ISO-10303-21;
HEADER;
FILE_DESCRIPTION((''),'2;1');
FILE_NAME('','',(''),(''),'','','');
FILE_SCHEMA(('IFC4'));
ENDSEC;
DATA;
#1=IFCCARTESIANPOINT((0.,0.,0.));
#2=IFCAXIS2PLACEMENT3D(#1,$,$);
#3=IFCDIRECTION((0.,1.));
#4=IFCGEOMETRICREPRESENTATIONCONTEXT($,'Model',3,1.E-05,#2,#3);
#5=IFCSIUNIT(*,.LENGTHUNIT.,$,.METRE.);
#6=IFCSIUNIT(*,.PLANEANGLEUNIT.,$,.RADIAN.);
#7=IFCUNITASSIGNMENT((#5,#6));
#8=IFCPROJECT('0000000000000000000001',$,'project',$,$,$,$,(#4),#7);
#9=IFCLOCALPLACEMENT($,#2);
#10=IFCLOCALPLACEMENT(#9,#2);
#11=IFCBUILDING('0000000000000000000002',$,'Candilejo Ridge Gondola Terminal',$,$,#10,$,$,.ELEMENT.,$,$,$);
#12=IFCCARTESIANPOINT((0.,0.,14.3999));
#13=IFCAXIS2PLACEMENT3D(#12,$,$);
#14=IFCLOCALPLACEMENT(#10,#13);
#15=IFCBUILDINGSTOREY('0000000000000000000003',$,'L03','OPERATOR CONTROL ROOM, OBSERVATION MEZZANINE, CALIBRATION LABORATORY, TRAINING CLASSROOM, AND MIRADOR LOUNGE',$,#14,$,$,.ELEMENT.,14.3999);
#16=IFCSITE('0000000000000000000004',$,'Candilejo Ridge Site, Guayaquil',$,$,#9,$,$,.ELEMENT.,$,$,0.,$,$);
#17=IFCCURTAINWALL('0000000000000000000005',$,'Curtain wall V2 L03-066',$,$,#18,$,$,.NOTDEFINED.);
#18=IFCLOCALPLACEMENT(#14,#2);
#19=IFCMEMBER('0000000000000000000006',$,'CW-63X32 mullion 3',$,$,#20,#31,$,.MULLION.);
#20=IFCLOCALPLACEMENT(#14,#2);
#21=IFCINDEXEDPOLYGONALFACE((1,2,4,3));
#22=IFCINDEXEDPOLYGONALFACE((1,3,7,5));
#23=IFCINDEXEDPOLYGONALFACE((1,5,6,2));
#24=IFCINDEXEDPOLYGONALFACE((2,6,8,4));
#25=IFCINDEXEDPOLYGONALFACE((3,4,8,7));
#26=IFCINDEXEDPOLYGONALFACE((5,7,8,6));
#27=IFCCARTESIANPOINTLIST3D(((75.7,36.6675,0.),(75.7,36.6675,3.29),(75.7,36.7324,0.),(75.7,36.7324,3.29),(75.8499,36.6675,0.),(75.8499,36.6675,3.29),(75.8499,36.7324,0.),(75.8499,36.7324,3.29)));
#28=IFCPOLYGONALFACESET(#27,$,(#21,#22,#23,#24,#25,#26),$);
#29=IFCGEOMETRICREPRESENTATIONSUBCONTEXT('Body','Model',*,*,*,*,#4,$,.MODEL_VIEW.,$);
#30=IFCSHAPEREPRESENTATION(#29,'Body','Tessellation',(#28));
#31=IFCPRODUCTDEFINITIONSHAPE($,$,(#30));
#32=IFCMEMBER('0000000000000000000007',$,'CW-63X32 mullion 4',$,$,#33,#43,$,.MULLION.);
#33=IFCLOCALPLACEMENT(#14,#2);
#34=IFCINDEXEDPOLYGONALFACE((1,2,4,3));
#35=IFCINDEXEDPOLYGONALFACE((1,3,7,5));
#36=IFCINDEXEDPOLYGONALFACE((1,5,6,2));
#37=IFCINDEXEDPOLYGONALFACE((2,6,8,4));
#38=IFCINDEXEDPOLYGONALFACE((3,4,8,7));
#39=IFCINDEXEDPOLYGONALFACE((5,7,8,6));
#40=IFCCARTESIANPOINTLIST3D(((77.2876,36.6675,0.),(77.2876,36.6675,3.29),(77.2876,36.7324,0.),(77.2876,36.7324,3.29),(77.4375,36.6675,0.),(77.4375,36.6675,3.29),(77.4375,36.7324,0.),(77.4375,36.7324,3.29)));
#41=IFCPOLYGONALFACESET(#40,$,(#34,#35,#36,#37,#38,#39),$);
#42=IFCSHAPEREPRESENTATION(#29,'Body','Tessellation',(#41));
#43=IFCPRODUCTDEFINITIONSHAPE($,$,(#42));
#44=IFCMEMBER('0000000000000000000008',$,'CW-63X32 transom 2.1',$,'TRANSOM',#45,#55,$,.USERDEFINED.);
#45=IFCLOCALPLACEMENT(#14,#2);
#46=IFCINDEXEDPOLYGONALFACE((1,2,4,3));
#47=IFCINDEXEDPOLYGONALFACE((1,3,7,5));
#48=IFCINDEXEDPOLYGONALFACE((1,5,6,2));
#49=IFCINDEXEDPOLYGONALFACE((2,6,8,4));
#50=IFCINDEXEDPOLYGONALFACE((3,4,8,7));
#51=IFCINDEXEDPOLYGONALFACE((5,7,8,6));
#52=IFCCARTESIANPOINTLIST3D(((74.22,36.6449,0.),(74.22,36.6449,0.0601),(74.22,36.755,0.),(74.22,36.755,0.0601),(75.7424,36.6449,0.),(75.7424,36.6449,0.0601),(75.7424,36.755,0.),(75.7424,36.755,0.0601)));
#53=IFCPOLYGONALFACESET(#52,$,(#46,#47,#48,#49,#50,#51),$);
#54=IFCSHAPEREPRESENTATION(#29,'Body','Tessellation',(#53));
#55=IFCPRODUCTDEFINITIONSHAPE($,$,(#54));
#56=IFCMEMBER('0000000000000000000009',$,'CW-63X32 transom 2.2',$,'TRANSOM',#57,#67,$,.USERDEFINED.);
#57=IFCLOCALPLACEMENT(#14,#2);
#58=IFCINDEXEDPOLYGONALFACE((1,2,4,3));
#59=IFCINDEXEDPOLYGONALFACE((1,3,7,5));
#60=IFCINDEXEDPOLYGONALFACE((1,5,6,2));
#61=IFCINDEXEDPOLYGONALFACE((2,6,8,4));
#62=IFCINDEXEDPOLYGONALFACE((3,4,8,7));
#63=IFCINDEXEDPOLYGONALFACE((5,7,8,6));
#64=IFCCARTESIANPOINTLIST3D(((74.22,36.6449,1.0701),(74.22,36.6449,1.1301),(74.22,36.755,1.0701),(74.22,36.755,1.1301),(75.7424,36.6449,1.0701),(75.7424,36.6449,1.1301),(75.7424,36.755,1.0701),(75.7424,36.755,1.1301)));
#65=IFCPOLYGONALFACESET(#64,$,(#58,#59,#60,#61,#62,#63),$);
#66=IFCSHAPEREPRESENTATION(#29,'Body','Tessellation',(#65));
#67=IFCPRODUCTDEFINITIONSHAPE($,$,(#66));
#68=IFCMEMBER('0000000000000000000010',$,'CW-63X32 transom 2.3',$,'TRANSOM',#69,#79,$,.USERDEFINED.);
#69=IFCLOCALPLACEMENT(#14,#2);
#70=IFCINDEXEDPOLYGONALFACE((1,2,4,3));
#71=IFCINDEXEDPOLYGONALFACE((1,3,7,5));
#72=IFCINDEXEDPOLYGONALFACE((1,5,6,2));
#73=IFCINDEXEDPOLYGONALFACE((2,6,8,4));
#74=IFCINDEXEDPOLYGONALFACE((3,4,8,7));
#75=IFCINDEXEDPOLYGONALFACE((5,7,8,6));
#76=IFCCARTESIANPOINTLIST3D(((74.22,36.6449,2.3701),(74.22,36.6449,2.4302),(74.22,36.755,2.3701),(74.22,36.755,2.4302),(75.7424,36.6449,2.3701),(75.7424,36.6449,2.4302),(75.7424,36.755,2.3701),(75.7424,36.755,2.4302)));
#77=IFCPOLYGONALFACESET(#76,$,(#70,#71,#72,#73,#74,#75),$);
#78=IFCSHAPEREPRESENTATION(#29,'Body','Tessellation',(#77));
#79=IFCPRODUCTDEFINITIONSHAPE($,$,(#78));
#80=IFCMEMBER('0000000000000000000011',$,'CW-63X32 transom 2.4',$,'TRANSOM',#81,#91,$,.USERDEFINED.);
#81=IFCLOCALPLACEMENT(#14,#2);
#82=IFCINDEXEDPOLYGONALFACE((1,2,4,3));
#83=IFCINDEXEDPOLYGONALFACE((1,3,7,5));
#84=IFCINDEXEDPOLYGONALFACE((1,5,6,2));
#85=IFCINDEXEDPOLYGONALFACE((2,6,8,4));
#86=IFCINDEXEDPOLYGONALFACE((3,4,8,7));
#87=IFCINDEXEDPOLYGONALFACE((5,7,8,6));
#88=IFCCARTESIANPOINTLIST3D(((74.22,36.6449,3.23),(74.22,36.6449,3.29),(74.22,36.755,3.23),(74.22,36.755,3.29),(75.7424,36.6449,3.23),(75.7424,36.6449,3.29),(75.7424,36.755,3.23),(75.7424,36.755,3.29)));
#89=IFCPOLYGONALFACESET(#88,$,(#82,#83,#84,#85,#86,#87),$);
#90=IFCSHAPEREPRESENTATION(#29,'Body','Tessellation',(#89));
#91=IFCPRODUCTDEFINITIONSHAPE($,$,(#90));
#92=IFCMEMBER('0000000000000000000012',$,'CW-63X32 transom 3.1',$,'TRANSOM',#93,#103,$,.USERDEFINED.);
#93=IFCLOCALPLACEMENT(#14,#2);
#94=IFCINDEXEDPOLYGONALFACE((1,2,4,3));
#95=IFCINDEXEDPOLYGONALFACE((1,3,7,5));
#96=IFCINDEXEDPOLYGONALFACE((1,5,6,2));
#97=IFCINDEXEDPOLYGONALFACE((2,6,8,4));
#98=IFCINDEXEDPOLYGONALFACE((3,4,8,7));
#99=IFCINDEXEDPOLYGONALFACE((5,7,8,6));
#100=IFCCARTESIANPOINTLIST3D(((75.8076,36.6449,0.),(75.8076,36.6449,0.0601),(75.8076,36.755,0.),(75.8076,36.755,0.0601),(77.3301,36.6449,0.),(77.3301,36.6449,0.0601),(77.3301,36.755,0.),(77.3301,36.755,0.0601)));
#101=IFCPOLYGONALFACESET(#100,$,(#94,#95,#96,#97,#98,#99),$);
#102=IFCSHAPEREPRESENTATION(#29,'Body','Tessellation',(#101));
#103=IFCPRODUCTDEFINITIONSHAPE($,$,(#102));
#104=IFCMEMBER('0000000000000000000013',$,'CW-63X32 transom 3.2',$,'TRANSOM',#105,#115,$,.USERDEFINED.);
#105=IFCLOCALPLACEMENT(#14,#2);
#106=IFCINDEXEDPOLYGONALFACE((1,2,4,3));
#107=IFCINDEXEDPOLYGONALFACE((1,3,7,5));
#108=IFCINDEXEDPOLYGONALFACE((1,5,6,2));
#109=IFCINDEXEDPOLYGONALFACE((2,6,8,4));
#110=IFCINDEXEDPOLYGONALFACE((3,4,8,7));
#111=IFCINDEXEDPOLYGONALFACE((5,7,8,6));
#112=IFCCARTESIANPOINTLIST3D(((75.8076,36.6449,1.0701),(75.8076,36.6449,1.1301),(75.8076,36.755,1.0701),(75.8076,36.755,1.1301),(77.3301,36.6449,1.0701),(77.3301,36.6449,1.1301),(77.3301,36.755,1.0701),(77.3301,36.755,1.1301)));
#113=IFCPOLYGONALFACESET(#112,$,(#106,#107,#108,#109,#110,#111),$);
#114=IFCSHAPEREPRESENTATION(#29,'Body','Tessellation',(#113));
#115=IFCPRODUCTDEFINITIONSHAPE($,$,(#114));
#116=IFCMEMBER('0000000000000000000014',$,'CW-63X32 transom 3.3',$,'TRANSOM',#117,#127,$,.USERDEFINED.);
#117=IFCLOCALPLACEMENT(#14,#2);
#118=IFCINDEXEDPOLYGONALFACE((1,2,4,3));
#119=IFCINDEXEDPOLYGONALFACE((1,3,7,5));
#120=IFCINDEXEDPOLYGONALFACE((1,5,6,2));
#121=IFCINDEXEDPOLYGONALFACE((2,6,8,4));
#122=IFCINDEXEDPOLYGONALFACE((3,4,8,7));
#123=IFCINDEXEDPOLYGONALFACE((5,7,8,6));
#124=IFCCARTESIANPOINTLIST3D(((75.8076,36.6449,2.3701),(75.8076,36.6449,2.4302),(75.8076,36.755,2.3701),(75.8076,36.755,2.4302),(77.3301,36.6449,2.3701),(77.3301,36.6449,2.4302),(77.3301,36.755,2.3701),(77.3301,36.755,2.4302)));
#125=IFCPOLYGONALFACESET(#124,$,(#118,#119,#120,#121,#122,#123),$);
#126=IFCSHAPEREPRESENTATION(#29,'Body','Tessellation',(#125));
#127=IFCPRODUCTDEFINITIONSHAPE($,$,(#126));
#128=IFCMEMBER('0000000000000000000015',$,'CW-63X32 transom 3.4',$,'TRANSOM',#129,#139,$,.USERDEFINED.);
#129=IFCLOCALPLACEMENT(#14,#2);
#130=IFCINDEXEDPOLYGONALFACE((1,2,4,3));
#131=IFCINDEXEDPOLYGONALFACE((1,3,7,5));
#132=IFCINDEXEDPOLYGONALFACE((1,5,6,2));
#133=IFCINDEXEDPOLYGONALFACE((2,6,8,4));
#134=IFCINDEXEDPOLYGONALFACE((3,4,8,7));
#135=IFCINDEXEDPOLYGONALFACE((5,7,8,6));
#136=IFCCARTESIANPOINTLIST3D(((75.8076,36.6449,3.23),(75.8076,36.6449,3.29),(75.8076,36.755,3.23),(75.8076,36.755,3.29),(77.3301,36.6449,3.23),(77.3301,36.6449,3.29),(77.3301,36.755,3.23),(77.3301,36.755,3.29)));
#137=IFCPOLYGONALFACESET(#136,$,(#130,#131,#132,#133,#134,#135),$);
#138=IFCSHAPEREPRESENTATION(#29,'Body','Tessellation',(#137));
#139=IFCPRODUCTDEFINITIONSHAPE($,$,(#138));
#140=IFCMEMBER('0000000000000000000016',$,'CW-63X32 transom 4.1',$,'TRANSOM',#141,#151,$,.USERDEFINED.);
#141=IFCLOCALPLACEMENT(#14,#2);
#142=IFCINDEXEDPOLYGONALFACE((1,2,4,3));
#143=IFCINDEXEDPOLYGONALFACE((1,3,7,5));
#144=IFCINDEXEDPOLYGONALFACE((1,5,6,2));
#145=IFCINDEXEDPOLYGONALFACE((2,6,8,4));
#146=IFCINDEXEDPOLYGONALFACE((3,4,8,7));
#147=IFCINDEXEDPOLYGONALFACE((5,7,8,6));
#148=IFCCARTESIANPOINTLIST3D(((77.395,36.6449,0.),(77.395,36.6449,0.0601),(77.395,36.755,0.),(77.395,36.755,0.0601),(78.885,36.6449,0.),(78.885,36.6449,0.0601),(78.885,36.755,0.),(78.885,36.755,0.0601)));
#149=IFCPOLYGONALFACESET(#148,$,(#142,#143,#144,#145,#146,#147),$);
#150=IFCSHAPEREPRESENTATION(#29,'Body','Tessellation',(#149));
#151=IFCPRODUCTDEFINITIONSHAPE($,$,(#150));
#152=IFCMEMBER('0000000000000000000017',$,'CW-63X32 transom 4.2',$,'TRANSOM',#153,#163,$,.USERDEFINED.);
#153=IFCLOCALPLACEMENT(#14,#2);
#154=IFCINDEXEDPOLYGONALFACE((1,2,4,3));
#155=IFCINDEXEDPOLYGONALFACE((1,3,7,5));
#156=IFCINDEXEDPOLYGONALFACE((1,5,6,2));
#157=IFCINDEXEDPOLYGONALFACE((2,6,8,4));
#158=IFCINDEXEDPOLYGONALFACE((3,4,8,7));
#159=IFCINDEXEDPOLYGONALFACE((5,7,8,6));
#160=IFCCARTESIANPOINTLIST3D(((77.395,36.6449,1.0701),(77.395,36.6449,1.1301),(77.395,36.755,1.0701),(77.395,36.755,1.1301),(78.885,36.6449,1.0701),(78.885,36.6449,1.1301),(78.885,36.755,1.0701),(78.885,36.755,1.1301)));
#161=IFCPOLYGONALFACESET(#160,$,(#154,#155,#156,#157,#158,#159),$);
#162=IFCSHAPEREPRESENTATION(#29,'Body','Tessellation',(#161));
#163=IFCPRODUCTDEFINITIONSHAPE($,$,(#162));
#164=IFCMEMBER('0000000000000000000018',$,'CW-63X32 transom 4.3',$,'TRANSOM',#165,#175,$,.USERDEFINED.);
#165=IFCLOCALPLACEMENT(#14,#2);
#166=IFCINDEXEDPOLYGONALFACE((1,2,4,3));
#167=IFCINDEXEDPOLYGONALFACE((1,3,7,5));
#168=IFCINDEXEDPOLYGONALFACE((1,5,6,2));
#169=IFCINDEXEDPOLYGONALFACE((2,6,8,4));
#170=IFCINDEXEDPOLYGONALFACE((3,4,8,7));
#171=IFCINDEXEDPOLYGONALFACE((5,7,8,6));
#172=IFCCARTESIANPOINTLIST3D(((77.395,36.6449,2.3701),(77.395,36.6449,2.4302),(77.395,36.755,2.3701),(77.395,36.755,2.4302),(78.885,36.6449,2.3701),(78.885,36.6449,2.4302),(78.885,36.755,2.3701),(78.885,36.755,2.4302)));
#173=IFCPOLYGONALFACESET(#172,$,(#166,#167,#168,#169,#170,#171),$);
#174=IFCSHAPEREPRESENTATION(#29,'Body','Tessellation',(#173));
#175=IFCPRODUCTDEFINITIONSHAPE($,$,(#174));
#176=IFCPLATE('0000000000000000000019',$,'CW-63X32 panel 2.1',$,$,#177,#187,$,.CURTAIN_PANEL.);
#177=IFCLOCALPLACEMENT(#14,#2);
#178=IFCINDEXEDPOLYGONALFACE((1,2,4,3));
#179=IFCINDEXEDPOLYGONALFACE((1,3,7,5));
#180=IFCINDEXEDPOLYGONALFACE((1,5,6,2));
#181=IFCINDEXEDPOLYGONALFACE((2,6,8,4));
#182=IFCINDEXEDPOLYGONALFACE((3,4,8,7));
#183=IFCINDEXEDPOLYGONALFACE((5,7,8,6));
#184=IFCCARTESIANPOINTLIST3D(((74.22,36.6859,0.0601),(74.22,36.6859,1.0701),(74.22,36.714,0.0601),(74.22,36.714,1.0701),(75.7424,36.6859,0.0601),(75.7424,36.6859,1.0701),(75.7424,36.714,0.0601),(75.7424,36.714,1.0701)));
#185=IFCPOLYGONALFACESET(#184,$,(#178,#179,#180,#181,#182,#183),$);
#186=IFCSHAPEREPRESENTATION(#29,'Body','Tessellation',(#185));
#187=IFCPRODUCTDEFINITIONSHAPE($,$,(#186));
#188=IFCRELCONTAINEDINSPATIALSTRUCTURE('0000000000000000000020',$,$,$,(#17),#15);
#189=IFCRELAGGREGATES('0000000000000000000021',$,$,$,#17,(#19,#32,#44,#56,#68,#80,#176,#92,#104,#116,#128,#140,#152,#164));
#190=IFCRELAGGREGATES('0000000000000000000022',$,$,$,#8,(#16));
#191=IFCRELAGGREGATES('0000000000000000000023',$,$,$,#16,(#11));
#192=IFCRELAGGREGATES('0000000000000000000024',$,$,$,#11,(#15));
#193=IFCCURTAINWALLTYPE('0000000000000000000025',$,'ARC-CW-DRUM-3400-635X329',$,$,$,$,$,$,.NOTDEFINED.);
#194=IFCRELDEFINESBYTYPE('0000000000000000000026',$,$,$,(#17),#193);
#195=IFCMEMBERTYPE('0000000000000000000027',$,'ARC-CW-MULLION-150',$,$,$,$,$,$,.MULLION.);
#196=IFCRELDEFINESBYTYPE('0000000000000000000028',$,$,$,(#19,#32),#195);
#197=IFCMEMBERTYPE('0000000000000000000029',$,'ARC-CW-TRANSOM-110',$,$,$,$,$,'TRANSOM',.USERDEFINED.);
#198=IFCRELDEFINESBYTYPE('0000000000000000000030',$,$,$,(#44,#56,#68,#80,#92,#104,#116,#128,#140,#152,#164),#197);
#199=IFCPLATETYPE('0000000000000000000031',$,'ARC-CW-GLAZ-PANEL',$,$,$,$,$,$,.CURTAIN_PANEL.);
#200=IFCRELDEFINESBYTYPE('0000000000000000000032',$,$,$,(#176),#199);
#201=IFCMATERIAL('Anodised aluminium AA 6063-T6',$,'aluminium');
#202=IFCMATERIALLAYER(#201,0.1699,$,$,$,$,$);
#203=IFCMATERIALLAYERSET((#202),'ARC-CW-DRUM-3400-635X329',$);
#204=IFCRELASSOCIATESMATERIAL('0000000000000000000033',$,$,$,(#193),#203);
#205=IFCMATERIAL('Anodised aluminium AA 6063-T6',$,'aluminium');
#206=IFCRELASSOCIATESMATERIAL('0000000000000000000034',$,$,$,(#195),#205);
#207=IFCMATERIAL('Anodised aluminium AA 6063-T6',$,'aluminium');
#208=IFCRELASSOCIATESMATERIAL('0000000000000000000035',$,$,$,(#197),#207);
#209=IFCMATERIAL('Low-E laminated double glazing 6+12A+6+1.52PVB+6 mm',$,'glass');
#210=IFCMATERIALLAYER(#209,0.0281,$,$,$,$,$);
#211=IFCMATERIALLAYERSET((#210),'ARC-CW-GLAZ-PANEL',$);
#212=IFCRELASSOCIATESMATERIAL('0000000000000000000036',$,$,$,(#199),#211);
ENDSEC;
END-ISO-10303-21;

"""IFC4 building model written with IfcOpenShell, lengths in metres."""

from ifc_helpers import new_model, si_unit, direction, frame, origin, origin_2d, place, context, subcontext, project, spatial, rectangle, extrude, material, layer, layer_set, material_profile, profile_set, type_object, element, aggregate, save


model = new_model("IFC4")

# Units and contexts
model_context = context("Model", 3, precision=1e-05, world=origin(), true_north=direction((0.0, 1.0)))
body_context = subcontext(model_context, "Body", "Model", "MODEL_VIEW")
ifc_project = project(units=[si_unit("LENGTHUNIT", "METRE"), si_unit("PLANEANGLEUNIT", "RADIAN")], contexts=[model_context])

# Site, building, storey
site_placement = place(None, origin())
site = spatial("IfcSite", under=ifc_project, at=site_placement, Name="Candilejo Ridge Site, Guayaquil", CompositionType="ELEMENT", RefElevation=0.0)
building_placement = place(site_placement, origin())
building = spatial("IfcBuilding", under=site, at=building_placement, Name="Candilejo Ridge Gondola Terminal", CompositionType="ELEMENT")
storey_placement = place(building_placement, frame((0.0, 0.0, 14.3999)))
storey = spatial("IfcBuildingStorey", under=building, at=storey_placement, Name="L03", Description="OPERATOR CONTROL ROOM, OBSERVATION MEZZANINE, CALIBRATION LABORATORY, TRAINING CLASSROOM, AND MIRADOR LOUNGE", CompositionType="ELEMENT", Elevation=14.3999)

# Curtain wall, members, plate
ifc_material_1 = material(Name="Anodised aluminium AA 6063-T6", Category="aluminium")
ifc_layer_1 = layer(ifc_material_1, 0.1699)
ifc_layer_set_1 = layer_set([ifc_layer_1], Name="ARC-CW-DRUM-3400-635X329")
curtain_wall_type = type_object("IfcCurtainWallType", Name="ARC-CW-DRUM-3400-635X329", PredefinedType="NOTDEFINED", material=ifc_layer_set_1)
curtain_wall_placement = place(storey_placement, origin())
curtain_wall = element("IfcCurtainWall", 1, at=curtain_wall_placement, inside=storey, type_object=curtain_wall_type, Name="Curtain wall V2 L03-066", PredefinedType="NOTDEFINED")
ifc_material_2 = material(Name="Anodised aluminium AA 6063-T6", Category="aluminium")
ifc_material_profile_1 = material_profile(ifc_material_2, rectangle(XDim=0.0649, YDim=0.1499, at=origin_2d()))
ifc_profile_set_1 = profile_set([ifc_material_profile_1], Name="Anodised aluminium AA 6063-T6")
member_type_1 = type_object("IfcMemberType", Name="ARC-CW-MULLION-150", PredefinedType="MULLION", material=ifc_profile_set_1)
member_1_placement = place(storey_placement, frame((75.7749, 36.7, 0.0), z_axis=(0.0, 0.0, 1.0), x_axis=(0.0, 1.0, 0.0)))
member_1 = element("IfcMember", 2, at=member_1_placement, type_object=member_type_1, Name="CW-63X32 mullion 3", PredefinedType="MULLION", context=body_context, shape_type="SweptSolid", body=[
    extrude(rectangle(XDim=0.0649, YDim=0.1499, at=origin_2d()), origin(), (0.0, 0.0, 1.0), 3.29),
])
member_2_placement = place(storey_placement, frame((77.3625, 36.7, 0.0), z_axis=(0.0, 0.0, 1.0), x_axis=(0.0, 1.0, 0.0)))
member_2 = element("IfcMember", 3, at=member_2_placement, type_object=member_type_1, Name="CW-63X32 mullion 4", PredefinedType="MULLION", context=body_context, shape_type="SweptSolid", body=[
    extrude(rectangle(XDim=0.0649, YDim=0.1499, at=origin_2d()), origin(), (0.0, 0.0, 1.0), 3.29),
])
ifc_material_3 = material(Name="Anodised aluminium AA 6063-T6", Category="aluminium")
ifc_material_profile_2 = material_profile(ifc_material_3, rectangle(XDim=0.1101, YDim=0.0601, at=origin_2d()))
ifc_profile_set_2 = profile_set([ifc_material_profile_2], Name="Anodised aluminium AA 6063-T6")
member_type_2 = type_object("IfcMemberType", Name="ARC-CW-TRANSOM-110", ElementType="TRANSOM", PredefinedType="USERDEFINED", material=ifc_profile_set_2)
member_3_placement = place(storey_placement, frame((74.22, 36.7, 0.03), z_axis=(1.0, 0.0, 0.0), x_axis=(0.0, 1.0, 0.0)))
member_3 = element("IfcMember", 4, at=member_3_placement, type_object=member_type_2, Name="CW-63X32 transom 2.1", ObjectType="TRANSOM", PredefinedType="USERDEFINED", context=body_context, shape_type="SweptSolid", body=[
    extrude(rectangle(XDim=0.1101, YDim=0.0601, at=origin_2d()), origin(), (0.0, 0.0, 1.0), 1.5225),
])
member_4_placement = place(storey_placement, frame((74.22, 36.7, 1.1001), z_axis=(1.0, 0.0, 0.0), x_axis=(0.0, 1.0, 0.0)))
member_4 = element("IfcMember", 5, at=member_4_placement, type_object=member_type_2, Name="CW-63X32 transom 2.2", ObjectType="TRANSOM", PredefinedType="USERDEFINED", context=body_context, shape_type="SweptSolid", body=[
    extrude(rectangle(XDim=0.1101, YDim=0.0601, at=origin_2d()), origin(), (0.0, 0.0, 1.0), 1.5225),
])
member_5_placement = place(storey_placement, frame((74.22, 36.7, 2.4001), z_axis=(1.0, 0.0, 0.0), x_axis=(0.0, 1.0, 0.0)))
member_5 = element("IfcMember", 6, at=member_5_placement, type_object=member_type_2, Name="CW-63X32 transom 2.3", ObjectType="TRANSOM", PredefinedType="USERDEFINED", context=body_context, shape_type="SweptSolid", body=[
    extrude(rectangle(XDim=0.1101, YDim=0.0601, at=origin_2d()), origin(), (0.0, 0.0, 1.0), 1.5225),
])
member_6_placement = place(storey_placement, frame((74.22, 36.7, 3.26), z_axis=(1.0, 0.0, 0.0), x_axis=(0.0, 1.0, 0.0)))
member_6 = element("IfcMember", 7, at=member_6_placement, type_object=member_type_2, Name="CW-63X32 transom 2.4", ObjectType="TRANSOM", PredefinedType="USERDEFINED", context=body_context, shape_type="SweptSolid", body=[
    extrude(rectangle(XDim=0.1101, YDim=0.0601, at=origin_2d()), origin(), (0.0, 0.0, 1.0), 1.5225),
])
member_7_placement = place(storey_placement, frame((75.8076, 36.7, 0.03), z_axis=(1.0, 0.0, 0.0), x_axis=(0.0, 1.0, 0.0)))
member_7 = element("IfcMember", 8, at=member_7_placement, type_object=member_type_2, Name="CW-63X32 transom 3.1", ObjectType="TRANSOM", PredefinedType="USERDEFINED", context=body_context, shape_type="SweptSolid", body=[
    extrude(rectangle(XDim=0.1101, YDim=0.0601, at=origin_2d()), origin(), (0.0, 0.0, 1.0), 1.5225),
])
member_8_placement = place(storey_placement, frame((75.8076, 36.7, 1.1001), z_axis=(1.0, 0.0, 0.0), x_axis=(0.0, 1.0, 0.0)))
member_8 = element("IfcMember", 9, at=member_8_placement, type_object=member_type_2, Name="CW-63X32 transom 3.2", ObjectType="TRANSOM", PredefinedType="USERDEFINED", context=body_context, shape_type="SweptSolid", body=[
    extrude(rectangle(XDim=0.1101, YDim=0.0601, at=origin_2d()), origin(), (0.0, 0.0, 1.0), 1.5225),
])
member_9_placement = place(storey_placement, frame((75.8076, 36.7, 2.4001), z_axis=(1.0, 0.0, 0.0), x_axis=(0.0, 1.0, 0.0)))
member_9 = element("IfcMember", 10, at=member_9_placement, type_object=member_type_2, Name="CW-63X32 transom 3.3", ObjectType="TRANSOM", PredefinedType="USERDEFINED", context=body_context, shape_type="SweptSolid", body=[
    extrude(rectangle(XDim=0.1101, YDim=0.0601, at=origin_2d()), origin(), (0.0, 0.0, 1.0), 1.5225),
])
member_10_placement = place(storey_placement, frame((75.8076, 36.7, 3.26), z_axis=(1.0, 0.0, 0.0), x_axis=(0.0, 1.0, 0.0)))
member_10 = element("IfcMember", 11, at=member_10_placement, type_object=member_type_2, Name="CW-63X32 transom 3.4", ObjectType="TRANSOM", PredefinedType="USERDEFINED", context=body_context, shape_type="SweptSolid", body=[
    extrude(rectangle(XDim=0.1101, YDim=0.0601, at=origin_2d()), origin(), (0.0, 0.0, 1.0), 1.5225),
])
member_11_placement = place(storey_placement, frame((77.395, 36.7, 0.03), z_axis=(1.0, 0.0, 0.0), x_axis=(0.0, 1.0, 0.0)))
member_11 = element("IfcMember", 12, at=member_11_placement, type_object=member_type_2, Name="CW-63X32 transom 4.1", ObjectType="TRANSOM", PredefinedType="USERDEFINED", context=body_context, shape_type="SweptSolid", body=[
    extrude(rectangle(XDim=0.1101, YDim=0.0601, at=origin_2d()), origin(), (0.0, 0.0, 1.0), 1.49),
])
member_12_placement = place(storey_placement, frame((77.395, 36.7, 1.1001), z_axis=(1.0, 0.0, 0.0), x_axis=(0.0, 1.0, 0.0)))
member_12 = element("IfcMember", 13, at=member_12_placement, type_object=member_type_2, Name="CW-63X32 transom 4.2", ObjectType="TRANSOM", PredefinedType="USERDEFINED", context=body_context, shape_type="SweptSolid", body=[
    extrude(rectangle(XDim=0.1101, YDim=0.0601, at=origin_2d()), origin(), (0.0, 0.0, 1.0), 1.49),
])
member_13_placement = place(storey_placement, frame((77.395, 36.7, 2.4001), z_axis=(1.0, 0.0, 0.0), x_axis=(0.0, 1.0, 0.0)))
member_13 = element("IfcMember", 14, at=member_13_placement, type_object=member_type_2, Name="CW-63X32 transom 4.3", ObjectType="TRANSOM", PredefinedType="USERDEFINED", context=body_context, shape_type="SweptSolid", body=[
    extrude(rectangle(XDim=0.1101, YDim=0.0601, at=origin_2d()), origin(), (0.0, 0.0, 1.0), 1.49),
])
ifc_material_4 = material(Name="Low-E laminated double glazing 6+12A+6+1.52PVB+6 mm", Category="glass")
ifc_layer_2 = layer(ifc_material_4, 0.0281)
ifc_layer_set_2 = layer_set([ifc_layer_2], Name="ARC-CW-GLAZ-PANEL")
plate_type_1 = type_object("IfcPlateType", Name="ARC-CW-GLAZ-PANEL", PredefinedType="CURTAIN_PANEL", material=ifc_layer_set_2)
plate_1_placement = place(storey_placement, frame((74.9812, 36.7, 0.0601), z_axis=(0.0, 0.0, 1.0), x_axis=(1.0, 0.0, 0.0)))
plate_1 = element("IfcPlate", 15, at=plate_1_placement, type_object=plate_type_1, Name="CW-63X32 panel 2.1", PredefinedType="CURTAIN_PANEL", context=body_context, shape_type="SweptSolid", body=[
    extrude(rectangle(XDim=1.5225, YDim=0.0281, at=origin_2d()), origin(), (0.0, 0.0, 1.0), 1.01),
])
aggregate(curtain_wall, [member_1, member_2, member_3, member_4, member_5, member_6, plate_1, member_7, member_8, member_9, member_10, member_11, member_12, member_13])

save(model, "model.ifc")
